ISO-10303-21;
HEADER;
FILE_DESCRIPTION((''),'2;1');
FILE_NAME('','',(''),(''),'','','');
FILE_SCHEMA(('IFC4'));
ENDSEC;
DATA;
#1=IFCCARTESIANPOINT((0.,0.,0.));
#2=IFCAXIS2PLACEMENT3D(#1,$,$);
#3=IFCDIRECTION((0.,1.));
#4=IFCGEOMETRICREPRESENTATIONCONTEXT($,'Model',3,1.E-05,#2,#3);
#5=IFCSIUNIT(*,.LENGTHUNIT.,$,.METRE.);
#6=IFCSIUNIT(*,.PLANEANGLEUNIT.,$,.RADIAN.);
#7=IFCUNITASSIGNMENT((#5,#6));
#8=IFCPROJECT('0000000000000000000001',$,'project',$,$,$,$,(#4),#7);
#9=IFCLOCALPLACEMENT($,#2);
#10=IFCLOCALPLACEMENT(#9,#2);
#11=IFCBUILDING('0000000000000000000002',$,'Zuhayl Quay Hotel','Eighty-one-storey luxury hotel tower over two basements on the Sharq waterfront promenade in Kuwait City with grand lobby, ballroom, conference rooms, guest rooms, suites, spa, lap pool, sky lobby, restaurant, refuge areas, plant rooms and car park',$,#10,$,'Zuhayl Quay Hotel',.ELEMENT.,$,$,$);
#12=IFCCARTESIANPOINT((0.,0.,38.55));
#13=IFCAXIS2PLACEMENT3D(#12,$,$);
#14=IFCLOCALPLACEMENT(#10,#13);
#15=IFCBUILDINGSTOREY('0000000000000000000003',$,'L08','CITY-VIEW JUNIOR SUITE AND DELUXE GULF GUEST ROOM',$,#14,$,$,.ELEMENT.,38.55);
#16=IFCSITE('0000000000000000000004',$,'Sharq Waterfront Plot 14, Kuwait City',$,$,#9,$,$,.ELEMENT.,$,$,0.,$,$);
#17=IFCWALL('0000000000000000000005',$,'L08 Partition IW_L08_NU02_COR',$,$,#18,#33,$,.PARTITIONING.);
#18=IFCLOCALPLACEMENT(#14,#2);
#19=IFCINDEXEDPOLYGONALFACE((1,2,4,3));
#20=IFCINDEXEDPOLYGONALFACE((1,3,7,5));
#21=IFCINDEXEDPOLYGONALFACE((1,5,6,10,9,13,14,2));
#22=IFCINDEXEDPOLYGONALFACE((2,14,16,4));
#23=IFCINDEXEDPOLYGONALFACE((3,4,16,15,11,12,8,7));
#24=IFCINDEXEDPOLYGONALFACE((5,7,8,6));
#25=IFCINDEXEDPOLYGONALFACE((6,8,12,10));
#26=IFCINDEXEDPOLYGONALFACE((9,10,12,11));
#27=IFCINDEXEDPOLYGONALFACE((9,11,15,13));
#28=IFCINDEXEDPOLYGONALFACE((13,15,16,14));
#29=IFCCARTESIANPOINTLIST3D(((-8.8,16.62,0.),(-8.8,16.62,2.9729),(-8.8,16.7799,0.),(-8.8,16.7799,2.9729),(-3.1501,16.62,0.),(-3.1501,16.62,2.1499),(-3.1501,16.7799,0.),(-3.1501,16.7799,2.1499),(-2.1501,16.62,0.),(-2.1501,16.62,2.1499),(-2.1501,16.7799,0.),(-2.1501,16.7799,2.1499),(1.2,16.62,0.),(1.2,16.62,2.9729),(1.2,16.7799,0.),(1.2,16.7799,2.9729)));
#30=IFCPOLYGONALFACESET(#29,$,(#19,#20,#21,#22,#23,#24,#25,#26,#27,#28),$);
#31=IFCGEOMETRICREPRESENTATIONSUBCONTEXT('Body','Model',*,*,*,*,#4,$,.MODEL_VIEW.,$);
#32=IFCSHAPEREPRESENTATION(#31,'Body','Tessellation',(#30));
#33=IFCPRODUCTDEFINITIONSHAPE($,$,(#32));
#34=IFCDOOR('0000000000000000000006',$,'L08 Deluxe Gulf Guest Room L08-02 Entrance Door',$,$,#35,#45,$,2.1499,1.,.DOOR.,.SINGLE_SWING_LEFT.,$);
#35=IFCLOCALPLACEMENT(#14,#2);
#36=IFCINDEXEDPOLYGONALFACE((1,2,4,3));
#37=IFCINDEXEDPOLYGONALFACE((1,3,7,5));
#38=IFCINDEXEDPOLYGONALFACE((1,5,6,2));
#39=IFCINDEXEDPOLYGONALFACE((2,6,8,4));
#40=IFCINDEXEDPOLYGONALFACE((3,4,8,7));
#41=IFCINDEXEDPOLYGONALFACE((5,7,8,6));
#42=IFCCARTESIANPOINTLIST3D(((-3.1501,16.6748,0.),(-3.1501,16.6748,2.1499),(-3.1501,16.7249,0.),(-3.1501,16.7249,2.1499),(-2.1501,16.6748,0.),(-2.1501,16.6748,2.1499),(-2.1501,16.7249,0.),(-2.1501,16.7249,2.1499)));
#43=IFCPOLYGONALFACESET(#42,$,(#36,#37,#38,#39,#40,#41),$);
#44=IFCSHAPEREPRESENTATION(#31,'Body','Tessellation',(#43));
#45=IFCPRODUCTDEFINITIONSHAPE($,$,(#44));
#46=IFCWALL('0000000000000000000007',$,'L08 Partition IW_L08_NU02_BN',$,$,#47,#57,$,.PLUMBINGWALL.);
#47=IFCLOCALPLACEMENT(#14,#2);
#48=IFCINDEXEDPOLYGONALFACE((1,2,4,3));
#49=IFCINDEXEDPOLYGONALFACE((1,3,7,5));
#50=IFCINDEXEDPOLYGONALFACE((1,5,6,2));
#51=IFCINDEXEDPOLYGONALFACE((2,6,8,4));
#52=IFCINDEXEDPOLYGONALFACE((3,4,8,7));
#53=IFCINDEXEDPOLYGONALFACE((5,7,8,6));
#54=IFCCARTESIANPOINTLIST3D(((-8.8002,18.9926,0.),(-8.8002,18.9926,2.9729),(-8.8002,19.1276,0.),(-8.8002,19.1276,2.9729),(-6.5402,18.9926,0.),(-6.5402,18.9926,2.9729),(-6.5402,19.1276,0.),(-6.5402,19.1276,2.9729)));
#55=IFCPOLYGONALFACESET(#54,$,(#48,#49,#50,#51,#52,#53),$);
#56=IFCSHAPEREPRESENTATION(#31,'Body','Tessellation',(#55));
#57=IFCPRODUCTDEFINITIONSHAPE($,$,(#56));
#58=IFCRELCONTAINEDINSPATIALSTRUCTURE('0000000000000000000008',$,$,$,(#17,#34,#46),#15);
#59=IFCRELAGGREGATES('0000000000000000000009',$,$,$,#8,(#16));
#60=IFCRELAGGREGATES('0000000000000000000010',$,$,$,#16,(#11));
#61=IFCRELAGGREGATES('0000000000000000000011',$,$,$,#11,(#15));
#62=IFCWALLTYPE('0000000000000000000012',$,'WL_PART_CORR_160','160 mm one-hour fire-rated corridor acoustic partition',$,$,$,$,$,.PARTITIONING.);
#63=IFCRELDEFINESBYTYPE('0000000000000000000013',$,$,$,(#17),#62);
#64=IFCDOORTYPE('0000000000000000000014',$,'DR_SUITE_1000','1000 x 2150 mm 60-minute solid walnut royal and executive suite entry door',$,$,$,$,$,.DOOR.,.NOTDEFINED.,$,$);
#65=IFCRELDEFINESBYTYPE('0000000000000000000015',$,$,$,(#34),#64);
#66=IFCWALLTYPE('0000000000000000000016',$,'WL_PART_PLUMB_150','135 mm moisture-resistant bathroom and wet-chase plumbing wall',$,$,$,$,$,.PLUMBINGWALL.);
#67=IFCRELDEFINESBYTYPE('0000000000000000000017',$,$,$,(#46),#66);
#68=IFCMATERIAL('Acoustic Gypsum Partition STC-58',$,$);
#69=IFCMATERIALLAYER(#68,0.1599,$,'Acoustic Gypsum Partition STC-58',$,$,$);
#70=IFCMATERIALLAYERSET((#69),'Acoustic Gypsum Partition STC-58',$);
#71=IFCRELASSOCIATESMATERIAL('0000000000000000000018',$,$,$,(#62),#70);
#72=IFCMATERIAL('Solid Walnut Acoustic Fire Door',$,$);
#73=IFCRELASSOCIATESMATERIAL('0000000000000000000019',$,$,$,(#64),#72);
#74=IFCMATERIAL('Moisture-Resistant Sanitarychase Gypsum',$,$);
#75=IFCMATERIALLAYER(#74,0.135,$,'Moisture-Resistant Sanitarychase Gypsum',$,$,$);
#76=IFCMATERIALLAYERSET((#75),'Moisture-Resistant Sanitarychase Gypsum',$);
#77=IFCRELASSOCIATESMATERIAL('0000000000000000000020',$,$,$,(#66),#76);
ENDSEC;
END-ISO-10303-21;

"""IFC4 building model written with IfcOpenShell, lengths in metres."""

from ifc_helpers import new_model, si_unit, direction, frame, frame_2d, origin, place, context, subcontext, project, spatial, rectangle, extrude, material, layer, layer_set, type_object, element, fill, save


model = new_model("IFC4")

# Units and contexts
model_context = context("Model", 3, precision=1e-05, world=origin(), true_north=direction((0.0, 1.0)))
body_context = subcontext(model_context, "Body", "Model", "MODEL_VIEW")
ifc_project = project(units=[si_unit("LENGTHUNIT", "METRE"), si_unit("PLANEANGLEUNIT", "RADIAN")], contexts=[model_context])

# Site, building, storey
site_placement = place(None, origin())
site = spatial("IfcSite", under=ifc_project, at=site_placement, Name="Sharq Waterfront Plot 14, Kuwait City", CompositionType="ELEMENT", RefElevation=0.0)
building_placement = place(site_placement, origin())
building = spatial("IfcBuilding", under=site, at=building_placement, Name="Zuhayl Quay Hotel", Description="Eighty-one-storey luxury hotel tower over two basements on the Sharq waterfront promenade in Kuwait City with grand lobby, ballroom, conference rooms, guest rooms, suites, spa, lap pool, sky lobby, restaurant, refuge areas, plant rooms and car park", LongName="Zuhayl Quay Hotel", CompositionType="ELEMENT")
storey_placement = place(building_placement, frame((0.0, 0.0, 38.55)))
storey = spatial("IfcBuildingStorey", under=building, at=storey_placement, Name="L08", Description="CITY-VIEW JUNIOR SUITE AND DELUXE GULF GUEST ROOM", CompositionType="ELEMENT", Elevation=38.55)

# Shared definitions
ifc_material_1 = material(Name="Acoustic Gypsum Partition STC-58")

# Wall, opening, door
ifc_layer_1 = layer(ifc_material_1, 0.1599, Name="Acoustic Gypsum Partition STC-58")
ifc_layer_set_1 = layer_set([ifc_layer_1], Name="Acoustic Gypsum Partition STC-58")
wall_type_1 = type_object("IfcWallType", Name="WL_PART_CORR_160", Description="160 mm one-hour fire-rated corridor acoustic partition", PredefinedType="PARTITIONING", material=ifc_layer_set_1)
wall_1_placement = place(storey_placement, frame((-8.8, 16.7, 0.0), z_axis=(0.0, 0.0, 1.0), x_axis=(1.0, 0.0, 0.0)))
wall_1 = element("IfcWall", 1, at=wall_1_placement, inside=storey, type_object=wall_type_1, Name="L08 Partition IW_L08_NU02_COR", PredefinedType="PARTITIONING", context=body_context, shape_type="SweptSolid", body=[
    extrude(rectangle(XDim=10.0, YDim=0.1599, at=frame_2d((5.0, 0.0))), origin(), (0.0, 0.0, 1.0), 2.9729),
])
opening_placement = place(wall_1_placement, frame((5.6499, 0.0, 0.0)))
opening = element("IfcOpeningElement", 2, at=opening_placement, cuts=wall_1, PredefinedType="OPENING", context=body_context, shape_type="SweptSolid", body=[
    extrude(rectangle(XDim=1.0, YDim=2.1499, at=frame_2d((0.5, 1.075))), frame((0.0, 0.0898, 0.0), z_axis=(0.0, -1.0, 0.0), x_axis=(1.0, 0.0, 0.0)), (0.0, 0.0, 1.0), 0.1799),
])
ifc_material_2 = material(Name="Solid Walnut Acoustic Fire Door")
door_type = type_object("IfcDoorType", Name="DR_SUITE_1000", Description="1000 x 2150 mm 60-minute solid walnut royal and executive suite entry door", OperationType="NOTDEFINED", PredefinedType="DOOR", material=ifc_material_2)
door_placement = place(opening_placement, origin())
door = element("IfcDoor", 3, at=door_placement, inside=storey, type_object=door_type, Name="L08 Deluxe Gulf Guest Room L08-02 Entrance Door", OperationType="SINGLE_SWING_LEFT", OverallHeight=2.1499, OverallWidth=1.0, PredefinedType="DOOR", context=body_context, shape_type="SweptSolid", body=[
    extrude(rectangle(XDim=1.0, YDim=2.1499, at=frame_2d((0.5, 1.075))), frame((0.0, 0.0249, 0.0), z_axis=(0.0, -1.0, 0.0), x_axis=(1.0, 0.0, 0.0)), (0.0, 0.0, 1.0), 0.05),
])
fill(opening, door)

# Wall
ifc_material_3 = material(Name="Moisture-Resistant Sanitarychase Gypsum")
ifc_layer_2 = layer(ifc_material_3, 0.135, Name="Moisture-Resistant Sanitarychase Gypsum")
ifc_layer_set_2 = layer_set([ifc_layer_2], Name="Moisture-Resistant Sanitarychase Gypsum")
wall_type_2 = type_object("IfcWallType", Name="WL_PART_PLUMB_150", Description="135 mm moisture-resistant bathroom and wet-chase plumbing wall", PredefinedType="PLUMBINGWALL", material=ifc_layer_set_2)
wall_2_placement = place(storey_placement, frame((-8.8, 19.0601, 0.0), z_axis=(0.0, 0.0, 1.0), x_axis=(1.0, 0.0, 0.0)))
element("IfcWall", 4, at=wall_2_placement, inside=storey, type_object=wall_type_2, Name="L08 Partition IW_L08_NU02_BN", PredefinedType="PLUMBINGWALL", context=body_context, shape_type="SweptSolid", body=[
    extrude(rectangle(XDim=2.26, YDim=0.135, at=frame_2d((1.1299, 0.0))), origin(), (0.0, 0.0, 1.0), 2.9729),
])

save(model, "model.ifc")
